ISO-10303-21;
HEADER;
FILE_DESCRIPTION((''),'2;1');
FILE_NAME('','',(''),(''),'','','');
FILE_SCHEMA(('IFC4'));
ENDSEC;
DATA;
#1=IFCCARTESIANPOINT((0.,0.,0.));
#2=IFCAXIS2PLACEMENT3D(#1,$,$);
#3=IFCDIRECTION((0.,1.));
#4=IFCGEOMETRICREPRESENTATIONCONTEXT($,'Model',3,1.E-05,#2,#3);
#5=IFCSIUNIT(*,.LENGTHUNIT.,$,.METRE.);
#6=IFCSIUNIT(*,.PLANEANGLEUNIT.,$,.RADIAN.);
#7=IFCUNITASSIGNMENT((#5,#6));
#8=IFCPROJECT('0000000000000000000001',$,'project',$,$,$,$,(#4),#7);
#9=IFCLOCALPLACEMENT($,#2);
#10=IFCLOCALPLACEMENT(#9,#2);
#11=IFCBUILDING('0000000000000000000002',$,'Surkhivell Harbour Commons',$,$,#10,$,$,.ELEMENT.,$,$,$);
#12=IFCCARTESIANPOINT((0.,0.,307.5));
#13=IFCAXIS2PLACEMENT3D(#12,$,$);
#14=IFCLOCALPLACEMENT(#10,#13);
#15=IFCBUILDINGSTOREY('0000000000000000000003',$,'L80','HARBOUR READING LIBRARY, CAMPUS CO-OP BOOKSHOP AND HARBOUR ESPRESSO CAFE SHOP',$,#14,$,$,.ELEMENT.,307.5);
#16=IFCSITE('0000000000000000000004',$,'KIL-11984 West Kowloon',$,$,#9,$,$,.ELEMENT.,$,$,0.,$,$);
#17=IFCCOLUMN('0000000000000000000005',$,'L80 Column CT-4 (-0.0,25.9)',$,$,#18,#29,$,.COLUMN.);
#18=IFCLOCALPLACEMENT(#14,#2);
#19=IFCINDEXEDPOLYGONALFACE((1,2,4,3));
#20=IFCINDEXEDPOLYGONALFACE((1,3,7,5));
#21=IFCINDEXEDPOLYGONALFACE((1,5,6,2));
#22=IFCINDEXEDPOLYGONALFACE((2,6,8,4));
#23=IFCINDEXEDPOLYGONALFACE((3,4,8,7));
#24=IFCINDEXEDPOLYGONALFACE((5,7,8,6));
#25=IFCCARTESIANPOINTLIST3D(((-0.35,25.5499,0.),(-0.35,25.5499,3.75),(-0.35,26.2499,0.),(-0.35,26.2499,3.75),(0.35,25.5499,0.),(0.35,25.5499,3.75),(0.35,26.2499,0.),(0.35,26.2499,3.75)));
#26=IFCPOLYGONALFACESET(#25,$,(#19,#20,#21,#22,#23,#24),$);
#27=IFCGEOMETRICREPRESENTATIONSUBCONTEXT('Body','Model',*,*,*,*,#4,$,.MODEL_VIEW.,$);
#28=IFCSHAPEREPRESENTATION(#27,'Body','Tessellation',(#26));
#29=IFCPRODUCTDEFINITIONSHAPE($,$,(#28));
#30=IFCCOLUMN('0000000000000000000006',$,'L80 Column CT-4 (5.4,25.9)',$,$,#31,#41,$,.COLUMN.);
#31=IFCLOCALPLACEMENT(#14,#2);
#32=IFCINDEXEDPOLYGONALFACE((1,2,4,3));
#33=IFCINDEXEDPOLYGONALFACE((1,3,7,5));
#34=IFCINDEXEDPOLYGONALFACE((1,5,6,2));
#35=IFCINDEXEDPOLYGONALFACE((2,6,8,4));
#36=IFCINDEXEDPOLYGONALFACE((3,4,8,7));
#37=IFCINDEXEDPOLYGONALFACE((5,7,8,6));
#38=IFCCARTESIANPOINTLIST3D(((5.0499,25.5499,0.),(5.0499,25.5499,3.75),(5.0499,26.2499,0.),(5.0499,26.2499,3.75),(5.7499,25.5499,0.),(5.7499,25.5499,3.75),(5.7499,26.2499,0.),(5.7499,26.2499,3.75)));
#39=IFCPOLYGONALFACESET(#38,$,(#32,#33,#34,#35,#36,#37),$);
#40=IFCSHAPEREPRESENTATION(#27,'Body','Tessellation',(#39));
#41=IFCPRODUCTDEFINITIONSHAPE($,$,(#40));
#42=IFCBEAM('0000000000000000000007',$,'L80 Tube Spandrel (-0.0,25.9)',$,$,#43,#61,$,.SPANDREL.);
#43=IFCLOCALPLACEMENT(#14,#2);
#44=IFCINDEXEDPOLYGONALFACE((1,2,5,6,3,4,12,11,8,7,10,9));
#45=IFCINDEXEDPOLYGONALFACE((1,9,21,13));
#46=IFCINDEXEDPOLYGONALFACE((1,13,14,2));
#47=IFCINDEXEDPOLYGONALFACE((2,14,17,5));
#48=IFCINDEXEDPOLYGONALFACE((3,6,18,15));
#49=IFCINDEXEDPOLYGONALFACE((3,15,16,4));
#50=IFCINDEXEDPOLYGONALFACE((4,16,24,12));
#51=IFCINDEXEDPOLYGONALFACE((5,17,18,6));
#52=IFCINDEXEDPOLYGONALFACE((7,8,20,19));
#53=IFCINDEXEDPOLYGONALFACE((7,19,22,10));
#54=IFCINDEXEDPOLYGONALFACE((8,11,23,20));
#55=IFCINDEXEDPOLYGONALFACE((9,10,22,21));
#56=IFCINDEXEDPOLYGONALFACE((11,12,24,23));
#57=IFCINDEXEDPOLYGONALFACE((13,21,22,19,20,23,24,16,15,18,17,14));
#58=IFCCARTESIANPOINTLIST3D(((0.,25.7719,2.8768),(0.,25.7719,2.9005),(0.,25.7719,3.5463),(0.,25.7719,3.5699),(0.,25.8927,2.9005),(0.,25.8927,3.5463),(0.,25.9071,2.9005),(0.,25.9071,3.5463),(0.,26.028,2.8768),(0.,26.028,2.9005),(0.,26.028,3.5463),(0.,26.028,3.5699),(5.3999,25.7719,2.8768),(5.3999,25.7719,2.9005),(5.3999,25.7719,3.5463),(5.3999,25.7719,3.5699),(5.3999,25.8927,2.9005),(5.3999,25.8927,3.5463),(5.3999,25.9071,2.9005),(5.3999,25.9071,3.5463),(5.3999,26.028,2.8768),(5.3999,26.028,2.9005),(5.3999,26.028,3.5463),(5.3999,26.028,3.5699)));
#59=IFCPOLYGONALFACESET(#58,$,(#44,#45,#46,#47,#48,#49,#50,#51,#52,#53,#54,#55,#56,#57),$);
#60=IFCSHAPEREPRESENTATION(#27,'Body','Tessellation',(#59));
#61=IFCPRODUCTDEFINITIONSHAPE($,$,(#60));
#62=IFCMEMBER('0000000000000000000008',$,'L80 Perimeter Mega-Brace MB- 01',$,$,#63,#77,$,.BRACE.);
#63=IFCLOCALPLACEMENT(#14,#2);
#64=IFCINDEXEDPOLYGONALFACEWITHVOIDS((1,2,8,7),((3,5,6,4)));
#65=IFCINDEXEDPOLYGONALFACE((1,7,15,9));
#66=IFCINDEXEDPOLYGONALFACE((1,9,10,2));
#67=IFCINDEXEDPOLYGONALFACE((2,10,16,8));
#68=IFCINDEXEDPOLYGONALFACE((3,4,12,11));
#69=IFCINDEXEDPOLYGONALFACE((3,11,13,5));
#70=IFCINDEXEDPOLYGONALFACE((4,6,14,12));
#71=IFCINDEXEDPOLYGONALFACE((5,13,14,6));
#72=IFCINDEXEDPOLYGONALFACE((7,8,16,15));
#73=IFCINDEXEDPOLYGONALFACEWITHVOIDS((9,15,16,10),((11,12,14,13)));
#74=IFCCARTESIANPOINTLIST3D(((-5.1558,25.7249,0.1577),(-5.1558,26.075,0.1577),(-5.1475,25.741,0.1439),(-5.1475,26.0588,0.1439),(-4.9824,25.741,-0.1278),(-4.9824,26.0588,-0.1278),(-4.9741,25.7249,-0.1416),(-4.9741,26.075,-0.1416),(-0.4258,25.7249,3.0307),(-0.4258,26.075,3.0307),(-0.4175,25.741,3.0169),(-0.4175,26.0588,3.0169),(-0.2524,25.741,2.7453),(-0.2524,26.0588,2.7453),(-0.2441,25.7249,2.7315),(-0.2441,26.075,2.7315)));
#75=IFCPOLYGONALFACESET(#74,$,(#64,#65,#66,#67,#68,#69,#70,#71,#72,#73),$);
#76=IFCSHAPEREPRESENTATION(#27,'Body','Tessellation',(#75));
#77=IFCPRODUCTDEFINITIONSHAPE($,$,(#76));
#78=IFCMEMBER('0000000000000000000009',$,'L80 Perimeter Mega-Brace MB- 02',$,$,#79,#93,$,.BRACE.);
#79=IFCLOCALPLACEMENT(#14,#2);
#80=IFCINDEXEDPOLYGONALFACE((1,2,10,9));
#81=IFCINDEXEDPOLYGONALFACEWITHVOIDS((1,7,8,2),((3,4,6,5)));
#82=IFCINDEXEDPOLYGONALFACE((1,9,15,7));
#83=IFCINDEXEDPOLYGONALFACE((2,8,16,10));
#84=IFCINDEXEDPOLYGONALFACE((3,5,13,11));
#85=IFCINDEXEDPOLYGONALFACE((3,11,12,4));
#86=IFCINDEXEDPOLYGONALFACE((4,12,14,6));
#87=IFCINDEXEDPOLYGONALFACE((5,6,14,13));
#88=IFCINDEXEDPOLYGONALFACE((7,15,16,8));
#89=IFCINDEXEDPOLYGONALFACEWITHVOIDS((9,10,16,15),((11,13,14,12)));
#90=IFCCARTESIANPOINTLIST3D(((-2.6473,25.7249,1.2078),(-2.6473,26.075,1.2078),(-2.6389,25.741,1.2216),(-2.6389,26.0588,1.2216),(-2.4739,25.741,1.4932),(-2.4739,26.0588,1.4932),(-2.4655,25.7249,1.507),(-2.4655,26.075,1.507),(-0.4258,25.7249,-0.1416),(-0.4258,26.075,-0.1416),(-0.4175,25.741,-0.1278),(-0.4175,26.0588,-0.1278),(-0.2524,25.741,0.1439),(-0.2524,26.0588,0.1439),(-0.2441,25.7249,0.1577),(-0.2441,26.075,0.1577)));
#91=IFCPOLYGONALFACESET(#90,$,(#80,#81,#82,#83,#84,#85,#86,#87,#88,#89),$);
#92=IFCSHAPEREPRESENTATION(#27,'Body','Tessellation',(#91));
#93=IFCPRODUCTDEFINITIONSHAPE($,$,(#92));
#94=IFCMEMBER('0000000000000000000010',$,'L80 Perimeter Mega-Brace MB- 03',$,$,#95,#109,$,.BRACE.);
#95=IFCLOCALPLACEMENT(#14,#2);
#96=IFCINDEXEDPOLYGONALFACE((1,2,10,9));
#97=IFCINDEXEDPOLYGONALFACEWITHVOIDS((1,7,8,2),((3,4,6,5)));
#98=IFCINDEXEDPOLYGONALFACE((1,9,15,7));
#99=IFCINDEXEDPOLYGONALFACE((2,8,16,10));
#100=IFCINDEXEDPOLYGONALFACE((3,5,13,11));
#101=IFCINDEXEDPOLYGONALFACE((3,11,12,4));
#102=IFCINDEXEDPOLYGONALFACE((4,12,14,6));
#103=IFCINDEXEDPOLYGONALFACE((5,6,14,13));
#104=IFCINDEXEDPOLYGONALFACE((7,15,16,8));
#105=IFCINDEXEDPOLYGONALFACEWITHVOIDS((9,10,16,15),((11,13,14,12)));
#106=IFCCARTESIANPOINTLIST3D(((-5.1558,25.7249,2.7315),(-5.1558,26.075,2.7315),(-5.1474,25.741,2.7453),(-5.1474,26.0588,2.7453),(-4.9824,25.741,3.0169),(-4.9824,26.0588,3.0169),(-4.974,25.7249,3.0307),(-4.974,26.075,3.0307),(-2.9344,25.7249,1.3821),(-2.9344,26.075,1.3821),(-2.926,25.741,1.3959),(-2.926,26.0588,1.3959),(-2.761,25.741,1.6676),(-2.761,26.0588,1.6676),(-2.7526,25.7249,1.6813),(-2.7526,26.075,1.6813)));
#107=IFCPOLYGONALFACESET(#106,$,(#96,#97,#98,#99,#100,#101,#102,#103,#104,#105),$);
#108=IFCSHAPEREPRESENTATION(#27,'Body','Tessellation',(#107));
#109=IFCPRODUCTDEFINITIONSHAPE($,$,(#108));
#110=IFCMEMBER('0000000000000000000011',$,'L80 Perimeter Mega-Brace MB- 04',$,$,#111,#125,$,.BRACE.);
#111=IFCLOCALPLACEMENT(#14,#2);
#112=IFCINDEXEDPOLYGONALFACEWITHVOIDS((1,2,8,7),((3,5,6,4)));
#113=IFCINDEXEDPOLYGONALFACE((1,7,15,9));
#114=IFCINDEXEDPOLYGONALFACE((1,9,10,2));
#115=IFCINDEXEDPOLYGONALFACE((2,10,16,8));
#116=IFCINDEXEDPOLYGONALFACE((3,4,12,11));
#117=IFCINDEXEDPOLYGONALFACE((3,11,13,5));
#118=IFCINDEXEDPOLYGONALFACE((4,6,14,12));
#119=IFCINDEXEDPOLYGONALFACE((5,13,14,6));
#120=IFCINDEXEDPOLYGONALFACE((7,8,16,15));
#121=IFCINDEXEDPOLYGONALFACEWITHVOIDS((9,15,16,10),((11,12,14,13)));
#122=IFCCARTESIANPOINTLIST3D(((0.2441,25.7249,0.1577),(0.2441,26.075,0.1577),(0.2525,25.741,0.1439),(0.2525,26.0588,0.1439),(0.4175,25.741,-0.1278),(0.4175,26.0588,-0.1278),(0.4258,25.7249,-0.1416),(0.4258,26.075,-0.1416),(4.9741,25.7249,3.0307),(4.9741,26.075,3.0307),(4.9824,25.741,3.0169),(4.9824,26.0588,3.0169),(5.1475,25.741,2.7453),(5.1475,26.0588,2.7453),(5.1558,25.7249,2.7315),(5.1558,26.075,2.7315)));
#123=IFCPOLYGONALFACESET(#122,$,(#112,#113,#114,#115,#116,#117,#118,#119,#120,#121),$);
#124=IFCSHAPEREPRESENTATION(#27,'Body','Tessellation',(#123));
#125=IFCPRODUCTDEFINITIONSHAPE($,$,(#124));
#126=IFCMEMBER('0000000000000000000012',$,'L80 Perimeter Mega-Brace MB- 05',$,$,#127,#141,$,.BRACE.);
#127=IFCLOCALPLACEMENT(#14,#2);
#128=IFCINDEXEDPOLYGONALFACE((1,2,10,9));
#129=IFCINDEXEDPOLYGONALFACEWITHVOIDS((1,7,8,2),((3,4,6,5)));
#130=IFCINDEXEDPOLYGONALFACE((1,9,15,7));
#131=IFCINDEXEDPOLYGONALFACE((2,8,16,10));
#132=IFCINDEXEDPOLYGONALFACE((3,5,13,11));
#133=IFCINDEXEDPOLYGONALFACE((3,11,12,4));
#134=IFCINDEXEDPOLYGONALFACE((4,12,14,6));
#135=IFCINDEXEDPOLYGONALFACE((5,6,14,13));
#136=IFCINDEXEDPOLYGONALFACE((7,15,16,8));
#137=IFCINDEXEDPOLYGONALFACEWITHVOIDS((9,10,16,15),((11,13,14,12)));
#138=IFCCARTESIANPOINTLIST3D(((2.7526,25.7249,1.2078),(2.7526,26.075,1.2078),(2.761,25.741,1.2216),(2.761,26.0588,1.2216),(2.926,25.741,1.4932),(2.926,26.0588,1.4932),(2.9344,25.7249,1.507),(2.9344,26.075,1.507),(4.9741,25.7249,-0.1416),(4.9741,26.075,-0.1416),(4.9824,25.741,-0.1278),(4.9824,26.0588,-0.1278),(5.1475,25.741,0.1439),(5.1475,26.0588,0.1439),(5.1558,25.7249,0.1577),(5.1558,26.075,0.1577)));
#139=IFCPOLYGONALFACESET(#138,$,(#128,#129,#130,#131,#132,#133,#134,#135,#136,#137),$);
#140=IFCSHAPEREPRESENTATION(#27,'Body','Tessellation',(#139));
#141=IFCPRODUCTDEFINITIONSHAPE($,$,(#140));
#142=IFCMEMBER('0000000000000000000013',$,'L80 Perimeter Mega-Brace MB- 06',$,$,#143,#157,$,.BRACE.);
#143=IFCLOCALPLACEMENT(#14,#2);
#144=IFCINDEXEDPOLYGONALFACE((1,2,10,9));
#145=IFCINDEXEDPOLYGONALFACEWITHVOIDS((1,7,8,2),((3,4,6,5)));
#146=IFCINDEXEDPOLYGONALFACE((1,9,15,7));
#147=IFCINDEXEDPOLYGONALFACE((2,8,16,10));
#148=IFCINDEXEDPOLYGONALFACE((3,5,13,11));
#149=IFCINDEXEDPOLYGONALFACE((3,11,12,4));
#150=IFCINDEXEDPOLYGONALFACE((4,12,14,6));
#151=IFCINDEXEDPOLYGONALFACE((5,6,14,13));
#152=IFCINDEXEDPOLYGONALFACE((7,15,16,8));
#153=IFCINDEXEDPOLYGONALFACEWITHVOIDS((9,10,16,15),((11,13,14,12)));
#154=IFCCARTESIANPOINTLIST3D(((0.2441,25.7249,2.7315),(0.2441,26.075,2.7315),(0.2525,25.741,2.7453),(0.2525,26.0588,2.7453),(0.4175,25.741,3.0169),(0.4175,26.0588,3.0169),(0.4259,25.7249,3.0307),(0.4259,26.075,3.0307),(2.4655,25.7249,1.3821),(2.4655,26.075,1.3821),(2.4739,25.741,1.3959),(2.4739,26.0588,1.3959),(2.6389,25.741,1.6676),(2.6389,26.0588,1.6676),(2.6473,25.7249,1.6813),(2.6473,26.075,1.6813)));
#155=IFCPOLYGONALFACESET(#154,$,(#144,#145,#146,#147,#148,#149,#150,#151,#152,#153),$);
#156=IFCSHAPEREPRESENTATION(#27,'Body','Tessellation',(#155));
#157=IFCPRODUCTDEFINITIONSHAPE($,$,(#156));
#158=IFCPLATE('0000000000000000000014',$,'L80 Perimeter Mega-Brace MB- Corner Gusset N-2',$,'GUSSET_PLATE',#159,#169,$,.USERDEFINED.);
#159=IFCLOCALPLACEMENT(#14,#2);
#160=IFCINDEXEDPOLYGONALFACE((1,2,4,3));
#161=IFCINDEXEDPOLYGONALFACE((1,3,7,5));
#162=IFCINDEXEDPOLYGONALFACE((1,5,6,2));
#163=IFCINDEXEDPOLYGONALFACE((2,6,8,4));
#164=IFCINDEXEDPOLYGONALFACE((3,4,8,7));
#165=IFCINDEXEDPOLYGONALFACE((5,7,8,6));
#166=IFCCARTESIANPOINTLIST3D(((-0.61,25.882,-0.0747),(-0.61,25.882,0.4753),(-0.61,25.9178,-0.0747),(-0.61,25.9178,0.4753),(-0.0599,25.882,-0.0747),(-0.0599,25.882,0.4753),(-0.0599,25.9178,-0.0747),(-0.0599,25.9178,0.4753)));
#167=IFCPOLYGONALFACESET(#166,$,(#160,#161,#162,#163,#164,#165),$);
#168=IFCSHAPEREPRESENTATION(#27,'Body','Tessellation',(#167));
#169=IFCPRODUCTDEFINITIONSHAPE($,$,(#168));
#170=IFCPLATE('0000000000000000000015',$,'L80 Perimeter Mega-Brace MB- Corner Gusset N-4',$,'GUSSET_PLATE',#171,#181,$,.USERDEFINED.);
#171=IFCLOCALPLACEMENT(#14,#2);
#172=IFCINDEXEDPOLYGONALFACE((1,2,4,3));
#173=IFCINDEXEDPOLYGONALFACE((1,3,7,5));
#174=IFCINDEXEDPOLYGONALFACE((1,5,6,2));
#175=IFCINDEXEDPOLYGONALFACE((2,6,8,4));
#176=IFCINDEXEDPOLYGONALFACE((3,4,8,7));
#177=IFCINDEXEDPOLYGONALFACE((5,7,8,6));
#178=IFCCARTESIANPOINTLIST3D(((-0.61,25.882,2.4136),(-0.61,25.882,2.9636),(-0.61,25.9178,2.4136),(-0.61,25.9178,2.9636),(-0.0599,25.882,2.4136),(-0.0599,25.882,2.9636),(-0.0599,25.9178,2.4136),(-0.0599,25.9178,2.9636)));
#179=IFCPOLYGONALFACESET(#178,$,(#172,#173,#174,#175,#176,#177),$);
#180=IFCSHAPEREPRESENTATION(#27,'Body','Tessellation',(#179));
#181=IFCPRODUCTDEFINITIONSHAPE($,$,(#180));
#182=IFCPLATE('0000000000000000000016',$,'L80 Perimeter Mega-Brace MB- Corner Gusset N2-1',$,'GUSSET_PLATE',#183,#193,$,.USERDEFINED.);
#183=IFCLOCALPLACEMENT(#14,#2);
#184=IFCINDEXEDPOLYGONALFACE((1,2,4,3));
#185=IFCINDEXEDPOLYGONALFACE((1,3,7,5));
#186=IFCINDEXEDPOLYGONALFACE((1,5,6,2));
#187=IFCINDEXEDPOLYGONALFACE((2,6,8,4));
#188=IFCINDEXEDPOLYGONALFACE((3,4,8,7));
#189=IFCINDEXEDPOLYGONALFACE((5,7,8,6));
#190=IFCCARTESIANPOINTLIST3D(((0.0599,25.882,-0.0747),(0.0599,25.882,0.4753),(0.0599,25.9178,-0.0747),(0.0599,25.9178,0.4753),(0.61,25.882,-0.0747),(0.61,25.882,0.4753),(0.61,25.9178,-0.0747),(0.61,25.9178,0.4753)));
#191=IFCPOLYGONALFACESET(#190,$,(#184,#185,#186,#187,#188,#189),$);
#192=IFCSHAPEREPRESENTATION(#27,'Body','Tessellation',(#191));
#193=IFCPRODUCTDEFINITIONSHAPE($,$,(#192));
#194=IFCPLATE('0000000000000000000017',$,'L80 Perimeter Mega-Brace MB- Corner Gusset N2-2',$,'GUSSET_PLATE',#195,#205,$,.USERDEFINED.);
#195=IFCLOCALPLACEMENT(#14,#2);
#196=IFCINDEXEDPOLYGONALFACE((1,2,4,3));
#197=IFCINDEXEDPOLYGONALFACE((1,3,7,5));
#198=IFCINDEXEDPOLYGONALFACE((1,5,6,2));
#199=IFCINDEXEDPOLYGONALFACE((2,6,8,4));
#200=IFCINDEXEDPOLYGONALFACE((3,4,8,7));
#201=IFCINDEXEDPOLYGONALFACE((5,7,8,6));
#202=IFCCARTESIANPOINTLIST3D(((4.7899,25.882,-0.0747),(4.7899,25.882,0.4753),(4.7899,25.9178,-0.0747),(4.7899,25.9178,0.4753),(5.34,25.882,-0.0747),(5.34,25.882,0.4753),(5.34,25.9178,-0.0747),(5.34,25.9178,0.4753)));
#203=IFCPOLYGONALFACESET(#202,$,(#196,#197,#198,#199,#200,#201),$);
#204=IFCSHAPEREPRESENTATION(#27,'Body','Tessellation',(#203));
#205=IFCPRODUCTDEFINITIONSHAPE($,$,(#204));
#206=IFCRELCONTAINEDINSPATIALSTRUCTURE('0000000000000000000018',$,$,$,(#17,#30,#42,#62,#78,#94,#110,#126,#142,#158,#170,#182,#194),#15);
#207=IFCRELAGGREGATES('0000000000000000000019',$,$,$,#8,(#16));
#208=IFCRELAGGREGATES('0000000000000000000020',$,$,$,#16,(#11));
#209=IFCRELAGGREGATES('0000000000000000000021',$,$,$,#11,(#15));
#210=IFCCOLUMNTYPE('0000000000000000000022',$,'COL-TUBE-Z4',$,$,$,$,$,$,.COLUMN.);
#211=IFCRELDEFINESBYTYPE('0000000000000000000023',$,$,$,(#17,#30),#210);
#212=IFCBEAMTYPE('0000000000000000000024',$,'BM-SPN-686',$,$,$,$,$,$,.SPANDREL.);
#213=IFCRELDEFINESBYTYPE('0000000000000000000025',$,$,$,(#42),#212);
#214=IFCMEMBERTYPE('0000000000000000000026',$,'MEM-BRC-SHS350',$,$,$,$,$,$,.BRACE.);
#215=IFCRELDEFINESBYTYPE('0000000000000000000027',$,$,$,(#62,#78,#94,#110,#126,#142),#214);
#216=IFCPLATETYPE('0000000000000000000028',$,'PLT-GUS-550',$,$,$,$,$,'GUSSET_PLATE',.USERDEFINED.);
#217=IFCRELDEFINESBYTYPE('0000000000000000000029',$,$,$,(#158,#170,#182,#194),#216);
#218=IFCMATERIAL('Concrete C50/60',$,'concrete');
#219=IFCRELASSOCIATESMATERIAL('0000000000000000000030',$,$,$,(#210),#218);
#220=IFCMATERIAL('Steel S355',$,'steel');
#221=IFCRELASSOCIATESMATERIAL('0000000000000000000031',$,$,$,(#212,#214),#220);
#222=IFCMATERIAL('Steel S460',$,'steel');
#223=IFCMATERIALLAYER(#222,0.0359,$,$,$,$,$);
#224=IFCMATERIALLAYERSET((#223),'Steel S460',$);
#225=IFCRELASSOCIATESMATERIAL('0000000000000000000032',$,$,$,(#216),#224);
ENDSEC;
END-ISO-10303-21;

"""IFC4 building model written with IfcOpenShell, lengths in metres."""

from ifc_helpers import new_model, si_unit, direction, frame, origin, origin_2d, place, context, subcontext, project, spatial, rectangle, hollow_rectangle, i_section, extrude, material, layer, layer_set, material_profile, profile_set, type_object, element, save


model = new_model("IFC4")

# Units and contexts
model_context = context("Model", 3, precision=1e-05, world=origin(), true_north=direction((0.0, 1.0)))
body_context = subcontext(model_context, "Body", "Model", "MODEL_VIEW")
ifc_project = project(units=[si_unit("LENGTHUNIT", "METRE"), si_unit("PLANEANGLEUNIT", "RADIAN")], contexts=[model_context])

# Site, building, storey
site_placement = place(None, origin())
site = spatial("IfcSite", under=ifc_project, at=site_placement, Name="KIL-11984 West Kowloon", CompositionType="ELEMENT", RefElevation=0.0)
building_placement = place(site_placement, origin())
building = spatial("IfcBuilding", under=site, at=building_placement, Name="Surkhivell Harbour Commons", CompositionType="ELEMENT")
storey_placement = place(building_placement, frame((0.0, 0.0, 307.5)))
storey = spatial("IfcBuildingStorey", under=building, at=storey_placement, Name="L80", Description="HARBOUR READING LIBRARY, CAMPUS CO-OP BOOKSHOP AND HARBOUR ESPRESSO CAFE SHOP", CompositionType="ELEMENT", Elevation=307.5)

# Columns
ifc_material_1 = material(Name="Concrete C50/60", Category="concrete")
ifc_material_profile_1 = material_profile(ifc_material_1, rectangle(XDim=0.7, YDim=0.7, at=origin_2d()), Name="RC-COL-700x700")
ifc_profile_set_1 = profile_set([ifc_material_profile_1], Name="Concrete C50/60")
column_type = type_object("IfcColumnType", Name="COL-TUBE-Z4", PredefinedType="COLUMN", material=ifc_profile_set_1)
for number, where, z_axis, x_axis, name in (
    (1, (0.0, 25.8999, 0.0), (0.0, 0.0, 1.0), (1.0, 0.0, 0.0), "L80 Column CT-4 (-0.0,25.9)"),
    (2, (5.3999, 25.8999, 0.0), (0.0, 0.0, 1.0), (1.0, 0.0, 0.0), "L80 Column CT-4 (5.4,25.9)"),
):
    element("IfcColumn", number, at=place(storey_placement, frame(where, z_axis=z_axis, x_axis=x_axis)), inside=storey, type_object=column_type, Name=name, PredefinedType="COLUMN", context=body_context, shape_type="SweptSolid", body=[
        extrude(rectangle(XDim=0.7, YDim=0.7, at=origin_2d()), origin(), (0.0, 0.0, 1.0), 3.75),
    ])

# Beam
ifc_material_2 = material(Name="Steel S355", Category="steel")
ifc_material_profile_2 = material_profile(ifc_material_2, i_section(OverallWidth=0.2561, OverallDepth=0.6931, WebThickness=0.0144, FlangeThickness=0.0237, at=origin_2d()), Name="UB686x254x170")
ifc_profile_set_2 = profile_set([ifc_material_profile_2], Name="Steel S355")
beam_type = type_object("IfcBeamType", Name="BM-SPN-686", PredefinedType="SPANDREL", material=ifc_profile_set_2)
beam_placement = place(storey_placement, frame((0.0, 25.8999, 3.2234), z_axis=(1.0, 0.0, 0.0), x_axis=(0.0, 1.0, 0.0)))
element("IfcBeam", 3, at=beam_placement, inside=storey, type_object=beam_type, Name="L80 Tube Spandrel (-0.0,25.9)", PredefinedType="SPANDREL", context=body_context, shape_type="SweptSolid", body=[
    extrude(i_section(OverallWidth=0.2561, OverallDepth=0.6931, WebThickness=0.0144, FlangeThickness=0.0237, at=origin_2d()), origin(), (0.0, 0.0, 1.0), 5.3999),
])

# Members
ifc_material_profile_3 = material_profile(ifc_material_2, hollow_rectangle(XDim=0.3501, YDim=0.3501, WallThickness=0.0161, at=origin_2d()), Name="SHS350x350x16")
ifc_profile_set_3 = profile_set([ifc_material_profile_3], Name="Steel S355")
member_type = type_object("IfcMemberType", Name="MEM-BRC-SHS350", PredefinedType="BRACE", material=ifc_profile_set_3)
member_1_placement = place(storey_placement, frame((-5.0649, 25.8999, 0.0081), z_axis=(0.854685, 0.0, 0.519146), x_axis=(0.0, 1.0, 0.0)))
element("IfcMember", 4, at=member_1_placement, inside=storey, type_object=member_type, Name="L80 Perimeter Mega-Brace MB- 01", PredefinedType="BRACE", context=body_context, shape_type="SweptSolid", body=[
    extrude(hollow_rectangle(XDim=0.3501, YDim=0.3501, WallThickness=0.0161, at=origin_2d()), origin(), (0.0, 0.0, 1.0), 5.5342),
])
for number, where, z_axis, x_axis, name in (
    (5, (-0.335, 25.8999, 0.0081), (-0.854679, 0.0, 0.519157), (0.0, -1.0, 0.0), "L80 Perimeter Mega-Brace MB- 02"),
    (6, (-2.8435, 25.8999, 1.5317), (-0.854679, 0.0, 0.519157), (0.0, -1.0, 0.0), "L80 Perimeter Mega-Brace MB- 03"),
):
    element("IfcMember", number, at=place(storey_placement, frame(where, z_axis=z_axis, x_axis=x_axis)), inside=storey, type_object=member_type, Name=name, PredefinedType="BRACE", context=body_context, shape_type="SweptSolid", body=[
        extrude(hollow_rectangle(XDim=0.3501, YDim=0.3501, WallThickness=0.0161, at=origin_2d()), origin(), (0.0, 0.0, 1.0), 2.5991),
    ])
member_2_placement = place(storey_placement, frame((0.335, 25.8999, 0.0081), z_axis=(0.854685, 0.0, 0.519146), x_axis=(0.0, 1.0, 0.0)))
element("IfcMember", 7, at=member_2_placement, inside=storey, type_object=member_type, Name="L80 Perimeter Mega-Brace MB- 04", PredefinedType="BRACE", context=body_context, shape_type="SweptSolid", body=[
    extrude(hollow_rectangle(XDim=0.3501, YDim=0.3501, WallThickness=0.0161, at=origin_2d()), origin(), (0.0, 0.0, 1.0), 5.5342),
])
for number, where, z_axis, x_axis, name in (
    (8, (5.0649, 25.8999, 0.0081), (-0.854679, 0.0, 0.519157), (0.0, -1.0, 0.0), "L80 Perimeter Mega-Brace MB- 05"),
    (9, (2.5564, 25.8999, 1.5317), (-0.854679, 0.0, 0.519157), (0.0, -1.0, 0.0), "L80 Perimeter Mega-Brace MB- 06"),
):
    element("IfcMember", number, at=place(storey_placement, frame(where, z_axis=z_axis, x_axis=x_axis)), inside=storey, type_object=member_type, Name=name, PredefinedType="BRACE", context=body_context, shape_type="SweptSolid", body=[
        extrude(hollow_rectangle(XDim=0.3501, YDim=0.3501, WallThickness=0.0161, at=origin_2d()), origin(), (0.0, 0.0, 1.0), 2.5991),
    ])

# Plates
ifc_material_3 = material(Name="Steel S460", Category="steel")
ifc_layer_1 = layer(ifc_material_3, 0.0359)
ifc_layer_set_1 = layer_set([ifc_layer_1], Name="Steel S460")
plate_type_1 = type_object("IfcPlateType", Name="PLT-GUS-550", ElementType="GUSSET_PLATE", PredefinedType="USERDEFINED", material=ifc_layer_set_1)
for number, where, z_axis, x_axis, name in (
    (10, (-0.335, 25.8999, -0.0747), (0.0, 0.0, 1.0), (1.0, 0.0, 0.0), "L80 Perimeter Mega-Brace MB- Corner Gusset N-2"),
    (11, (-0.335, 25.8999, 2.4136), (0.0, 0.0, 1.0), (1.0, 0.0, 0.0), "L80 Perimeter Mega-Brace MB- Corner Gusset N-4"),
    (12, (0.335, 25.8999, -0.0747), (0.0, 0.0, 1.0), (1.0, 0.0, 0.0), "L80 Perimeter Mega-Brace MB- Corner Gusset N2-1"),
    (13, (5.0649, 25.8999, -0.0747), (0.0, 0.0, 1.0), (1.0, 0.0, 0.0), "L80 Perimeter Mega-Brace MB- Corner Gusset N2-2"),
):
    element("IfcPlate", number, at=place(storey_placement, frame(where, z_axis=z_axis, x_axis=x_axis)), inside=storey, type_object=plate_type_1, Name=name, ObjectType="GUSSET_PLATE", PredefinedType="USERDEFINED", context=body_context, shape_type="SweptSolid", body=[
        extrude(rectangle(XDim=0.55, YDim=0.0359, at=origin_2d()), origin(), (0.0, 0.0, 1.0), 0.55),
    ])

save(model, "model.ifc")
